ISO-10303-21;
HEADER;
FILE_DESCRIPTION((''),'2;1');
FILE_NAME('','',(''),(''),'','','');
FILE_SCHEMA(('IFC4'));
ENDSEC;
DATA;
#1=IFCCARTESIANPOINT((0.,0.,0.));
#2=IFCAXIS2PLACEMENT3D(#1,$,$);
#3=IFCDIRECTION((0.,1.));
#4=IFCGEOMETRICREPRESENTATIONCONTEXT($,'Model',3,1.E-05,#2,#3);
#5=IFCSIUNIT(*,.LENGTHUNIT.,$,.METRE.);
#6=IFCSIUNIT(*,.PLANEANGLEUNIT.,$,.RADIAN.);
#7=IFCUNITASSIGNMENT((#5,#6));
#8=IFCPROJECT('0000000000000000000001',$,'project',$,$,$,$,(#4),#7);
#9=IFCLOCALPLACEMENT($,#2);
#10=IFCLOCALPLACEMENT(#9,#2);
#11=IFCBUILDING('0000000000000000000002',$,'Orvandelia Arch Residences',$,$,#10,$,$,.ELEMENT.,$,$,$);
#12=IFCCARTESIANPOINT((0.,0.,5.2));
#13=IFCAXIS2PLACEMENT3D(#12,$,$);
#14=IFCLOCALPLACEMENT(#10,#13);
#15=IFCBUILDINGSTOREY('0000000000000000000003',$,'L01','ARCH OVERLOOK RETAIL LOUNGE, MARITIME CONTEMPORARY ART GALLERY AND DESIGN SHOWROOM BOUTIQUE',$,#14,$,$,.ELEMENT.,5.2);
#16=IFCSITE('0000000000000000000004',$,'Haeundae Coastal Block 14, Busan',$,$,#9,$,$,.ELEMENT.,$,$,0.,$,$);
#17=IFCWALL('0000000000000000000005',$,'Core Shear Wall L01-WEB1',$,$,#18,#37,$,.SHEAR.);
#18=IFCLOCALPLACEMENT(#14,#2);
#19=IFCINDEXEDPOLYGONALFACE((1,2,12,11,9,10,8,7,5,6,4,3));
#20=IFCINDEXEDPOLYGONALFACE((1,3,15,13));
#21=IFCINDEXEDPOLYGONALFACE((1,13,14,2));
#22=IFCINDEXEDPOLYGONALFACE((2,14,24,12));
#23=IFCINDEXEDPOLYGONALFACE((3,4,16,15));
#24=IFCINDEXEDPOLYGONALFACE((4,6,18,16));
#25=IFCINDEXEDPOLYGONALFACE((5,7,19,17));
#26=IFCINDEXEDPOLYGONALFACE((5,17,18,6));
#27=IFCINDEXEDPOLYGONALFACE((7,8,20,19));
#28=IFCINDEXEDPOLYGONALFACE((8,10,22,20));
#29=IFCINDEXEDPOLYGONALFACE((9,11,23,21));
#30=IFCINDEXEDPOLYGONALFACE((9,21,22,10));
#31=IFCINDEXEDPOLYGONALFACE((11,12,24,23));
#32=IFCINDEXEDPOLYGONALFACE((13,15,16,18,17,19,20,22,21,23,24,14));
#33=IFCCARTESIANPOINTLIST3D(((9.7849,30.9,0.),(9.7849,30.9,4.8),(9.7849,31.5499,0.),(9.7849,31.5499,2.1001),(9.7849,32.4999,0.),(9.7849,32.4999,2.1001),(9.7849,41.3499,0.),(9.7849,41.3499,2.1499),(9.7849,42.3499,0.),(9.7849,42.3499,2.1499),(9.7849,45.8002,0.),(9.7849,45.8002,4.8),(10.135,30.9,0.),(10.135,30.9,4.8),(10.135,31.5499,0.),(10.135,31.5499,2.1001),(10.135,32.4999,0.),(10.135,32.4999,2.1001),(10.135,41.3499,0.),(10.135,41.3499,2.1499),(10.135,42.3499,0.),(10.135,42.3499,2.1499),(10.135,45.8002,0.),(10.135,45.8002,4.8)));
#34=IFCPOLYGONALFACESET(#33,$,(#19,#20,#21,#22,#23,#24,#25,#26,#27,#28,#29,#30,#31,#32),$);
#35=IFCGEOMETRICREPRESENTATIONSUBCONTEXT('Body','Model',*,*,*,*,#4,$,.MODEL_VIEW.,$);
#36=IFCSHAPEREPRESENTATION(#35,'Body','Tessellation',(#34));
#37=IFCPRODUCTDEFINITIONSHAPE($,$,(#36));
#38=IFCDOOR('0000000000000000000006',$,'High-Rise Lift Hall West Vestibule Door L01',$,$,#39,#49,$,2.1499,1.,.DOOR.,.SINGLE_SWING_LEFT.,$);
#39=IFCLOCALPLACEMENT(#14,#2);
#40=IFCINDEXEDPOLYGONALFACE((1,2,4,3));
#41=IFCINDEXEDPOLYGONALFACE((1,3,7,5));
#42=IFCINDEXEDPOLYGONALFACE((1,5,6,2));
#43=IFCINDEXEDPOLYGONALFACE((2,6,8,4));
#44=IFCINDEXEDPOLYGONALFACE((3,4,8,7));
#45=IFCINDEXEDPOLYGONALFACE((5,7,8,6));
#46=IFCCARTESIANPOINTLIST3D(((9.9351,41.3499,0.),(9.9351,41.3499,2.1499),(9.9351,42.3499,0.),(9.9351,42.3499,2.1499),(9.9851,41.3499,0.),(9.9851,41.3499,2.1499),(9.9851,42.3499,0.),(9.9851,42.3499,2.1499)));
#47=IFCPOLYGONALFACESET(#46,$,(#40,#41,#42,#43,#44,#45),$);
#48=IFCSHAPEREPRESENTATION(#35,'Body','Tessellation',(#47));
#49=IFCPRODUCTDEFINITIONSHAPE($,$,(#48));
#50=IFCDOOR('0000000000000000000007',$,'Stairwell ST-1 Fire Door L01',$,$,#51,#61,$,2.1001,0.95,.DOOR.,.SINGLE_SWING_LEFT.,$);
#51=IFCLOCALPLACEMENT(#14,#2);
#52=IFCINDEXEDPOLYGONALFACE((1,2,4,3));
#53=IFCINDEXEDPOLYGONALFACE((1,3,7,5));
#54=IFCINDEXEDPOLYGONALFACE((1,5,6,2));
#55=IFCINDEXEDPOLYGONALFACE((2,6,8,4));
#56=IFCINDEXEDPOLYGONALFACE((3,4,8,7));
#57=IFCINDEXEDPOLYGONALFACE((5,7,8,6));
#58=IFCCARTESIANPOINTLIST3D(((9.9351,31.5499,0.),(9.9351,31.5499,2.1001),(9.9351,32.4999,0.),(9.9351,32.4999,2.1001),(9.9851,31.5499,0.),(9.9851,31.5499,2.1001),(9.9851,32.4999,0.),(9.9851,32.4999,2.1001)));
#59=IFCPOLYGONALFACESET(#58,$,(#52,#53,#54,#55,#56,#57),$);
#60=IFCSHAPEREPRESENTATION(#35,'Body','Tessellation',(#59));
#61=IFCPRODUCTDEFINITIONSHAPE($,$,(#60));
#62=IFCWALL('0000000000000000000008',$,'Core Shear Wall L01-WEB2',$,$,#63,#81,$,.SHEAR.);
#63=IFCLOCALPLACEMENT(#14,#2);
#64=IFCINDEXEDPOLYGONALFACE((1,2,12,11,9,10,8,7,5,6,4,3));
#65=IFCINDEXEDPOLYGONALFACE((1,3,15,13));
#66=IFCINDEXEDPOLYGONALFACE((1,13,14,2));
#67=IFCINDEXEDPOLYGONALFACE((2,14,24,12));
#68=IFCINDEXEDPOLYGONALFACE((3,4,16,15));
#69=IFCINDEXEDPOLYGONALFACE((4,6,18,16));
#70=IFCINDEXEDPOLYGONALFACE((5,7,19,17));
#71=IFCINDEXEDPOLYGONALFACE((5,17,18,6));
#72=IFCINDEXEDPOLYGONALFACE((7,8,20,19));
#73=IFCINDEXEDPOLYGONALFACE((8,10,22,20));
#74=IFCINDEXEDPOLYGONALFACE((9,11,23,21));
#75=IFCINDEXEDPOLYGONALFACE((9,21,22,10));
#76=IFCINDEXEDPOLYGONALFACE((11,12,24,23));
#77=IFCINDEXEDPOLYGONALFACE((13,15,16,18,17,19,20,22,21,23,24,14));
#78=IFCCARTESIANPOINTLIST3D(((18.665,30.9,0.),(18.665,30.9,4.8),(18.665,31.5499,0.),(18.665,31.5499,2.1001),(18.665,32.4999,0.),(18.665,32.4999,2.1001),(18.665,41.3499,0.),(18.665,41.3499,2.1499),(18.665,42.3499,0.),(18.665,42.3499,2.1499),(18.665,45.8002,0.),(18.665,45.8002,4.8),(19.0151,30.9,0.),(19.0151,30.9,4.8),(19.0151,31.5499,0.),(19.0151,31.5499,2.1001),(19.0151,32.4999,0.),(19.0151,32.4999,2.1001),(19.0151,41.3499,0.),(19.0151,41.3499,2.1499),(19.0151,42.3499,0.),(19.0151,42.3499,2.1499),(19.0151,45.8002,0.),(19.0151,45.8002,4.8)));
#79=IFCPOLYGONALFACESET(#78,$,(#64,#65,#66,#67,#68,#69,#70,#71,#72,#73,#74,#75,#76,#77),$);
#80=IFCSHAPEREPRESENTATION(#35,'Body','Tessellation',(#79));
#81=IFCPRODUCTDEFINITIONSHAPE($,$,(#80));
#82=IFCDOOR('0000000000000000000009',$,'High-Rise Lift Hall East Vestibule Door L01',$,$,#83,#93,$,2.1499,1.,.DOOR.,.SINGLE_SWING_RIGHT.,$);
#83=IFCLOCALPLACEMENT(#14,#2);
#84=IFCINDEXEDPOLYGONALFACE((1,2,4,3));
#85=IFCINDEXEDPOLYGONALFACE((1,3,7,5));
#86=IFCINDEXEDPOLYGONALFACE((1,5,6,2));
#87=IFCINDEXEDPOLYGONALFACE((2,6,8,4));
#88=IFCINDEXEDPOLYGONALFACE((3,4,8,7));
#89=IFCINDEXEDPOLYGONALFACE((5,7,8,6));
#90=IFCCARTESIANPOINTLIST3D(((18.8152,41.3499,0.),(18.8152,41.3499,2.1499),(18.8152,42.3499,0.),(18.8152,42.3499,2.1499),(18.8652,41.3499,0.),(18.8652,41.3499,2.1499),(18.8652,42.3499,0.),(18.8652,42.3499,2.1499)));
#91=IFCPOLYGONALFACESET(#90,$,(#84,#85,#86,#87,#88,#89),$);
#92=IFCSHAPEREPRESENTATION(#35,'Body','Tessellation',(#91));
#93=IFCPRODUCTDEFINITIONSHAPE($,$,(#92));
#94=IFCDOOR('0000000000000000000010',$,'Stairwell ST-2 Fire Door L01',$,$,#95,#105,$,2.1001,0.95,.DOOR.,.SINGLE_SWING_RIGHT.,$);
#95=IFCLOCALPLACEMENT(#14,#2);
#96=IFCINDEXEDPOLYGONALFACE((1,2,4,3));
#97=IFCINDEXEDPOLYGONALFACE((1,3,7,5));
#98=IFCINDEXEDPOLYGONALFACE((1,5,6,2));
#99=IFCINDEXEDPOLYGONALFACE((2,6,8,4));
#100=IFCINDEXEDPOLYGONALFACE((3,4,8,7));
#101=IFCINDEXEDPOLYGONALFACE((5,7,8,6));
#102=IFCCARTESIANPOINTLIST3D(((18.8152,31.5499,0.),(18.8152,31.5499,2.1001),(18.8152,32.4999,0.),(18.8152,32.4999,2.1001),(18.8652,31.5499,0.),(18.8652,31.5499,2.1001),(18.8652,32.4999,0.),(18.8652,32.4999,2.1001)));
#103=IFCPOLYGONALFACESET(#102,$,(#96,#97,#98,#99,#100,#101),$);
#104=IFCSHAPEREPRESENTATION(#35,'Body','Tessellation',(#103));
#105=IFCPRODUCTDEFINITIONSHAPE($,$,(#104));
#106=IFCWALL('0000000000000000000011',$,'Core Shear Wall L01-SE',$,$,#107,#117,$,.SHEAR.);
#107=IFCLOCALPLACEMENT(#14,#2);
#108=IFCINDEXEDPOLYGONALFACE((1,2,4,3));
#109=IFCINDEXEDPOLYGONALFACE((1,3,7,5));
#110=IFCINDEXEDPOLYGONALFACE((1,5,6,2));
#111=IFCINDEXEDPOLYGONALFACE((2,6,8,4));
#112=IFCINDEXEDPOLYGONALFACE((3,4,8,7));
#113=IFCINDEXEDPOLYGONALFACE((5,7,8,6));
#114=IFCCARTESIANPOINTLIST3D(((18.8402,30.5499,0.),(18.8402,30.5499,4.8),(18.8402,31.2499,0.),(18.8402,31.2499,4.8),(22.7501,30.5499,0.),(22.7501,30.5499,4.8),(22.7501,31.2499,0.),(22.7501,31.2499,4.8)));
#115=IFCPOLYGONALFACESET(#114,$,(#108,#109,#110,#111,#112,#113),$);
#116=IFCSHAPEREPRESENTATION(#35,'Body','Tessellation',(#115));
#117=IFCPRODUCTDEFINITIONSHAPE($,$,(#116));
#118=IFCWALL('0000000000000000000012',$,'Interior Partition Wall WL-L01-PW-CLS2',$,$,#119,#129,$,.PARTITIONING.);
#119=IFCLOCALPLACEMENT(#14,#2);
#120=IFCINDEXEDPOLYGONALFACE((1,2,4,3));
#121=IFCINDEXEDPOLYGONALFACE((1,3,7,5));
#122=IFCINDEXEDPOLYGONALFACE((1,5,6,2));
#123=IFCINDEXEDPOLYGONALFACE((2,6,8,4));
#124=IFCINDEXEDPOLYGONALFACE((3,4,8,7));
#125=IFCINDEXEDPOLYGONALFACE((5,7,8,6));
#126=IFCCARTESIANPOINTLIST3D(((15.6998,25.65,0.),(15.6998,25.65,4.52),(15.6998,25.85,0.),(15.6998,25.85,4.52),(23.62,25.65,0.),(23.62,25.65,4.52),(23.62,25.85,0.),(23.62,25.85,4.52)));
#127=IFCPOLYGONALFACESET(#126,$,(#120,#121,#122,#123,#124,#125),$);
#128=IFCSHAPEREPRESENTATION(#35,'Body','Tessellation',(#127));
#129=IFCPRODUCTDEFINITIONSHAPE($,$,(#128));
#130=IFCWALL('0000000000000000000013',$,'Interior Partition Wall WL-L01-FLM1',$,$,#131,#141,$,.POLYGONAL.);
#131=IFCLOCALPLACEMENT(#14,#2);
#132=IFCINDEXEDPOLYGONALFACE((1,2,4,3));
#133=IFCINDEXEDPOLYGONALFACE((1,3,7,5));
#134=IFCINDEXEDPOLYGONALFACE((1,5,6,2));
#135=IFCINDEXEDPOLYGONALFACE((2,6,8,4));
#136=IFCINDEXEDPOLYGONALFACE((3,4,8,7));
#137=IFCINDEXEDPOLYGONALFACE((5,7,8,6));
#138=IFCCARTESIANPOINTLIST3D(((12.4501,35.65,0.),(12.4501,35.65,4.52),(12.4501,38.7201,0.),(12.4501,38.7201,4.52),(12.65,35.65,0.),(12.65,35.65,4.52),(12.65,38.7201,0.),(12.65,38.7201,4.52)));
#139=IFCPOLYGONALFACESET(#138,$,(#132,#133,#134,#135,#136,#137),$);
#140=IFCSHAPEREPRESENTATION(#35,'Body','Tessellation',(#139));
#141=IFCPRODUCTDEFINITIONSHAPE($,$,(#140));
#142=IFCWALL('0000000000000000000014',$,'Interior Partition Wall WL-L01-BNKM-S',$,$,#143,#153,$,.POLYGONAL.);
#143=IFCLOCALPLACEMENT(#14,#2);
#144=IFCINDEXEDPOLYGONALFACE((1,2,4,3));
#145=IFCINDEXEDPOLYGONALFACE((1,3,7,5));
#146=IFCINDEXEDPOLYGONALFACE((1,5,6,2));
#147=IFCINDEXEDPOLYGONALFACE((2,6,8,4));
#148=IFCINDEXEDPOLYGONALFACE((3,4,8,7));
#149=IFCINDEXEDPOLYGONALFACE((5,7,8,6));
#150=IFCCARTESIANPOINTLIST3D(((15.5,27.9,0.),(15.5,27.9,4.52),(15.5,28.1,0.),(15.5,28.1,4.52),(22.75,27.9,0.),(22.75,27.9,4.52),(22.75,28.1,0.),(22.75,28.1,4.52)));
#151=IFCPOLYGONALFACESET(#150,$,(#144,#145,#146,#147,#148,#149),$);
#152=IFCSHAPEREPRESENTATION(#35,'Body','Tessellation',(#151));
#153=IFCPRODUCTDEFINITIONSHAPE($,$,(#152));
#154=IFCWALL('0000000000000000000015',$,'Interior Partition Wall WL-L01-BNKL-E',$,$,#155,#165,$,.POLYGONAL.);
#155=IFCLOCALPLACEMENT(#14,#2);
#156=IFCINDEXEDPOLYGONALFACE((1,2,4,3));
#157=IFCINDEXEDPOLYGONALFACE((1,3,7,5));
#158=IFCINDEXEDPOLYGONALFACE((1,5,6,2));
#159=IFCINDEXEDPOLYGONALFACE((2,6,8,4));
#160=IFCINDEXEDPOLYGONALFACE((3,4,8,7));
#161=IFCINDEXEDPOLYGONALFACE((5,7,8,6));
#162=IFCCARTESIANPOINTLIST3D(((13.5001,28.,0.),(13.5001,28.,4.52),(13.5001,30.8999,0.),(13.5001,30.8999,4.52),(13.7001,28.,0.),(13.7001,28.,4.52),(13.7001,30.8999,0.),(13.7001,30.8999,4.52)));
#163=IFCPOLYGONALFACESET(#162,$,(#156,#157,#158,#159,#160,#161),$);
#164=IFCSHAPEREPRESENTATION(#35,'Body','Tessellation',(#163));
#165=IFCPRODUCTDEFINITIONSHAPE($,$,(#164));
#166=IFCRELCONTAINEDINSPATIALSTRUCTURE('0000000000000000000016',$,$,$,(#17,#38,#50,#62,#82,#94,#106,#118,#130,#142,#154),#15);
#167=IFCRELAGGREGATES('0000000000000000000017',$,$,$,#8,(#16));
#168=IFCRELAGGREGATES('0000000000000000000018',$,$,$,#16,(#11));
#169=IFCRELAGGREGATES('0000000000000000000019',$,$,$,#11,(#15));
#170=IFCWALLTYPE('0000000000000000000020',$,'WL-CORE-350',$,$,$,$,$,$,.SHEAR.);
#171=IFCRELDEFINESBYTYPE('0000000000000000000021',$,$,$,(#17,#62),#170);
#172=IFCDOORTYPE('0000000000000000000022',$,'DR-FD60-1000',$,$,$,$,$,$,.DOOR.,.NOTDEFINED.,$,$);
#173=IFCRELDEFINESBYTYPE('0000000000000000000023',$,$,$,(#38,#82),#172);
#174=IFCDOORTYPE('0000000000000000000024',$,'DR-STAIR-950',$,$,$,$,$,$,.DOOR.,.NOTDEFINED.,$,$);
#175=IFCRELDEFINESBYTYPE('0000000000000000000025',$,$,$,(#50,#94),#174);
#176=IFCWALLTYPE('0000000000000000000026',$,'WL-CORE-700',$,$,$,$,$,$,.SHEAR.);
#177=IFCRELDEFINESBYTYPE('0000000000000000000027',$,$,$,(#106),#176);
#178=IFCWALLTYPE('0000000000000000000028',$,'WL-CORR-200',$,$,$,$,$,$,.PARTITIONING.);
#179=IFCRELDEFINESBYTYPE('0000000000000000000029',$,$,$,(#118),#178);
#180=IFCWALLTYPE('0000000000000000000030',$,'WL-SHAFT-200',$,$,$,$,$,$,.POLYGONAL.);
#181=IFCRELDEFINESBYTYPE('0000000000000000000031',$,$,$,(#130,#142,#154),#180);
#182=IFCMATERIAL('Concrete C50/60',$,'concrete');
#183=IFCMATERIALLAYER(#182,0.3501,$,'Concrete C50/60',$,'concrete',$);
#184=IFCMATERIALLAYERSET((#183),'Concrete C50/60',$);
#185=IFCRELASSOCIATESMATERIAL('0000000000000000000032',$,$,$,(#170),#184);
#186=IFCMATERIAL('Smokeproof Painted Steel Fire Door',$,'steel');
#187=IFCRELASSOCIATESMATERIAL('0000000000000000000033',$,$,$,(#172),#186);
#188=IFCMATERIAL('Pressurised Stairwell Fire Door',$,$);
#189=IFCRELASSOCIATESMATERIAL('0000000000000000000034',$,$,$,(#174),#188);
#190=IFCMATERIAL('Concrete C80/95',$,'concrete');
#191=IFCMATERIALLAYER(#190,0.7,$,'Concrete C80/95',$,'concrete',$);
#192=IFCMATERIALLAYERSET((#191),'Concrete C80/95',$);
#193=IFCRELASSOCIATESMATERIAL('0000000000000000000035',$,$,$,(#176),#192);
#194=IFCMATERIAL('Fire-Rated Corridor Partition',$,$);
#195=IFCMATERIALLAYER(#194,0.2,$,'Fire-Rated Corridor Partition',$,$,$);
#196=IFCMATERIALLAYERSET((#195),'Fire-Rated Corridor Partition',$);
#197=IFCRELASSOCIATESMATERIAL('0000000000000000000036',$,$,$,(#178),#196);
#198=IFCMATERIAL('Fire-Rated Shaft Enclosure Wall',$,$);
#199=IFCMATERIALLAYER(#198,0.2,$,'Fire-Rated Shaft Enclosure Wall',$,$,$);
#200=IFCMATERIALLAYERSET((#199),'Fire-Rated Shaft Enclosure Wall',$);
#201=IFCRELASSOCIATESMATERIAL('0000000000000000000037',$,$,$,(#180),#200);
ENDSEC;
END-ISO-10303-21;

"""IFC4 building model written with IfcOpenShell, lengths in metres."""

from ifc_helpers import new_model, si_unit, direction, frame, frame_2d, origin, place, context, subcontext, project, spatial, rectangle, extrude, material, layer, layer_set, type_object, element, fill, save


model = new_model("IFC4")

# Units and contexts
model_context = context("Model", 3, precision=1e-05, world=origin(), true_north=direction((0.0, 1.0)))
body_context = subcontext(model_context, "Body", "Model", "MODEL_VIEW")
ifc_project = project(units=[si_unit("LENGTHUNIT", "METRE"), si_unit("PLANEANGLEUNIT", "RADIAN")], contexts=[model_context])

# Site, building, storey
site_placement = place(None, origin())
site = spatial("IfcSite", under=ifc_project, at=site_placement, Name="Haeundae Coastal Block 14, Busan", CompositionType="ELEMENT", RefElevation=0.0)
building_placement = place(site_placement, origin())
building = spatial("IfcBuilding", under=site, at=building_placement, Name="Orvandelia Arch Residences", CompositionType="ELEMENT")
storey_placement = place(building_placement, frame((0.0, 0.0, 5.2)))
storey = spatial("IfcBuildingStorey", under=building, at=storey_placement, Name="L01", Description="ARCH OVERLOOK RETAIL LOUNGE, MARITIME CONTEMPORARY ART GALLERY AND DESIGN SHOWROOM BOUTIQUE", CompositionType="ELEMENT", Elevation=5.2)

# Walls, openings, doors
ifc_material_1 = material(Name="Concrete C50/60", Category="concrete")
ifc_layer_1 = layer(ifc_material_1, 0.3501, Name="Concrete C50/60", Category="concrete")
ifc_layer_set_1 = layer_set([ifc_layer_1], Name="Concrete C50/60")
wall_type_1 = type_object("IfcWallType", Name="WL-CORE-350", PredefinedType="SHEAR", material=ifc_layer_set_1)
wall_1_placement = place(storey_placement, frame((9.96, 30.8999, 0.0), z_axis=(0.0, 0.0, 1.0), x_axis=(0.0, 1.0, 0.0)))
wall_1 = element("IfcWall", 1, at=wall_1_placement, inside=storey, type_object=wall_type_1, Name="Core Shear Wall L01-WEB1", PredefinedType="SHEAR", context=body_context, shape_type="SweptSolid", body=[
    extrude(rectangle(XDim=14.9001, YDim=0.3501, at=frame_2d((7.4502, 0.0))), origin(), (0.0, 0.0, 1.0), 4.8),
])
opening_1_placement = place(wall_1_placement, frame((0.6499, 0.0, 0.0)))
opening_1 = element("IfcOpeningElement", 2, at=opening_1_placement, cuts=wall_1, PredefinedType="OPENING", context=body_context, shape_type="SweptSolid", body=[
    extrude(rectangle(XDim=0.95, YDim=2.1001, at=frame_2d((0.4751, 1.05))), frame((0.0, 0.1851, 0.0), z_axis=(0.0, -1.0, 0.0), x_axis=(1.0, 0.0, 0.0)), (0.0, 0.0, 1.0), 0.3701),
])
opening_2_placement = place(wall_1_placement, frame((10.45, 0.0, 0.0)))
opening_2 = element("IfcOpeningElement", 3, at=opening_2_placement, cuts=wall_1, PredefinedType="OPENING", context=body_context, shape_type="SweptSolid", body=[
    extrude(rectangle(XDim=1.0, YDim=2.1499, at=frame_2d((0.5, 1.075))), frame((0.0, 0.1851, 0.0), z_axis=(0.0, -1.0, 0.0), x_axis=(1.0, 0.0, 0.0)), (0.0, 0.0, 1.0), 0.3701),
])
ifc_material_2 = material(Name="Smokeproof Painted Steel Fire Door", Category="steel")
door_type_1 = type_object("IfcDoorType", Name="DR-FD60-1000", OperationType="NOTDEFINED", PredefinedType="DOOR", material=ifc_material_2)
door_1_placement = place(opening_2_placement, origin())
door_1 = element("IfcDoor", 4, at=door_1_placement, inside=storey, type_object=door_type_1, Name="High-Rise Lift Hall West Vestibule Door L01", OperationType="SINGLE_SWING_LEFT", OverallHeight=2.1499, OverallWidth=1.0, PredefinedType="DOOR", context=body_context, shape_type="SweptSolid", body=[
    extrude(rectangle(XDim=1.0, YDim=2.1499, at=frame_2d((0.5, 1.075))), frame((0.0, 0.0249, 0.0), z_axis=(0.0, -1.0, 0.0), x_axis=(1.0, 0.0, 0.0)), (0.0, 0.0, 1.0), 0.05),
])
fill(opening_2, door_1)
ifc_material_3 = material(Name="Pressurised Stairwell Fire Door")
door_type_2 = type_object("IfcDoorType", Name="DR-STAIR-950", OperationType="NOTDEFINED", PredefinedType="DOOR", material=ifc_material_3)
door_2_placement = place(opening_1_placement, origin())
door_2 = element("IfcDoor", 5, at=door_2_placement, inside=storey, type_object=door_type_2, Name="Stairwell ST-1 Fire Door L01", OperationType="SINGLE_SWING_LEFT", OverallHeight=2.1001, OverallWidth=0.95, PredefinedType="DOOR", context=body_context, shape_type="SweptSolid", body=[
    extrude(rectangle(XDim=0.95, YDim=2.1001, at=frame_2d((0.4751, 1.05))), frame((0.0, 0.0249, 0.0), z_axis=(0.0, -1.0, 0.0), x_axis=(1.0, 0.0, 0.0)), (0.0, 0.0, 1.0), 0.05),
])
fill(opening_1, door_2)
wall_2_placement = place(storey_placement, frame((18.8401, 30.8999, 0.0), z_axis=(0.0, 0.0, 1.0), x_axis=(0.0, 1.0, 0.0)))
wall_2 = element("IfcWall", 6, at=wall_2_placement, inside=storey, type_object=wall_type_1, Name="Core Shear Wall L01-WEB2", PredefinedType="SHEAR", context=body_context, shape_type="SweptSolid", body=[
    extrude(rectangle(XDim=14.9001, YDim=0.3501, at=frame_2d((7.4502, 0.0))), origin(), (0.0, 0.0, 1.0), 4.8),
])
opening_3_placement = place(wall_2_placement, frame((0.6499, 0.0, 0.0)))
opening_3 = element("IfcOpeningElement", 7, at=opening_3_placement, cuts=wall_2, PredefinedType="OPENING", context=body_context, shape_type="SweptSolid", body=[
    extrude(rectangle(XDim=0.95, YDim=2.1001, at=frame_2d((0.4751, 1.05))), frame((0.0, 0.1851, 0.0), z_axis=(0.0, -1.0, 0.0), x_axis=(1.0, 0.0, 0.0)), (0.0, 0.0, 1.0), 0.3701),
])
opening_4_placement = place(wall_2_placement, frame((10.45, 0.0, 0.0)))
opening_4 = element("IfcOpeningElement", 8, at=opening_4_placement, cuts=wall_2, PredefinedType="OPENING", context=body_context, shape_type="SweptSolid", body=[
    extrude(rectangle(XDim=1.0, YDim=2.1499, at=frame_2d((0.5, 1.075))), frame((0.0, 0.1851, 0.0), z_axis=(0.0, -1.0, 0.0), x_axis=(1.0, 0.0, 0.0)), (0.0, 0.0, 1.0), 0.3701),
])
door_3_placement = place(opening_4_placement, origin())
door_3 = element("IfcDoor", 9, at=door_3_placement, inside=storey, type_object=door_type_1, Name="High-Rise Lift Hall East Vestibule Door L01", OperationType="SINGLE_SWING_RIGHT", OverallHeight=2.1499, OverallWidth=1.0, PredefinedType="DOOR", context=body_context, shape_type="SweptSolid", body=[
    extrude(rectangle(XDim=1.0, YDim=2.1499, at=frame_2d((0.5, 1.075))), frame((0.0, 0.0249, 0.0), z_axis=(0.0, -1.0, 0.0), x_axis=(1.0, 0.0, 0.0)), (0.0, 0.0, 1.0), 0.05),
])
fill(opening_4, door_3)
door_4_placement = place(opening_3_placement, origin())
door_4 = element("IfcDoor", 10, at=door_4_placement, inside=storey, type_object=door_type_2, Name="Stairwell ST-2 Fire Door L01", OperationType="SINGLE_SWING_RIGHT", OverallHeight=2.1001, OverallWidth=0.95, PredefinedType="DOOR", context=body_context, shape_type="SweptSolid", body=[
    extrude(rectangle(XDim=0.95, YDim=2.1001, at=frame_2d((0.4751, 1.05))), frame((0.0, 0.0249, 0.0), z_axis=(0.0, -1.0, 0.0), x_axis=(1.0, 0.0, 0.0)), (0.0, 0.0, 1.0), 0.05),
])
fill(opening_3, door_4)

# Shared definitions
ifc_material_4 = material(Name="Concrete C80/95", Category="concrete")
ifc_layer_2 = layer(ifc_material_4, 0.7, Name="Concrete C80/95", Category="concrete")
ifc_layer_set_2 = layer_set([ifc_layer_2], Name="Concrete C80/95")
wall_type_2 = type_object("IfcWallType", Name="WL-CORE-700", PredefinedType="SHEAR", material=ifc_layer_set_2)

# Walls
wall_3_placement = place(storey_placement, frame((18.8401, 30.8999, 0.0), z_axis=(0.0, 0.0, 1.0), x_axis=(1.0, 0.0, 0.0)))
element("IfcWall", 11, at=wall_3_placement, inside=storey, type_object=wall_type_2, Name="Core Shear Wall L01-SE", PredefinedType="SHEAR", context=body_context, shape_type="SweptSolid", body=[
    extrude(rectangle(XDim=3.9099, YDim=0.7, at=frame_2d((1.9551, 0.0))), origin(), (0.0, 0.0, 1.0), 4.8),
])
ifc_material_5 = material(Name="Fire-Rated Corridor Partition")
ifc_layer_3 = layer(ifc_material_5, 0.2, Name="Fire-Rated Corridor Partition")
ifc_layer_set_3 = layer_set([ifc_layer_3], Name="Fire-Rated Corridor Partition")
wall_type_3 = type_object("IfcWallType", Name="WL-CORR-200", PredefinedType="PARTITIONING", material=ifc_layer_set_3)
wall_4_placement = place(storey_placement, frame((15.7, 25.75, 0.0), z_axis=(0.0, 0.0, 1.0), x_axis=(1.0, 0.0, 0.0)))
element("IfcWall", 12, at=wall_4_placement, inside=storey, type_object=wall_type_3, Name="Interior Partition Wall WL-L01-PW-CLS2", PredefinedType="PARTITIONING", context=body_context, shape_type="SweptSolid", body=[
    extrude(rectangle(XDim=7.9202, YDim=0.2, at=frame_2d((3.96, 0.0))), origin(), (0.0, 0.0, 1.0), 4.52),
])
ifc_material_6 = material(Name="Fire-Rated Shaft Enclosure Wall")
ifc_layer_4 = layer(ifc_material_6, 0.2, Name="Fire-Rated Shaft Enclosure Wall")
ifc_layer_set_4 = layer_set([ifc_layer_4], Name="Fire-Rated Shaft Enclosure Wall")
wall_type_4 = type_object("IfcWallType", Name="WL-SHAFT-200", PredefinedType="POLYGONAL", material=ifc_layer_set_4)
wall_5_placement = place(storey_placement, frame((12.55, 35.6499, 0.0), z_axis=(0.0, 0.0, 1.0), x_axis=(0.0, 1.0, 0.0)))
element("IfcWall", 13, at=wall_5_placement, inside=storey, type_object=wall_type_4, Name="Interior Partition Wall WL-L01-FLM1", PredefinedType="POLYGONAL", context=body_context, shape_type="SweptSolid", body=[
    extrude(rectangle(XDim=3.0701, YDim=0.2, at=frame_2d((1.5352, 0.0))), origin(), (0.0, 0.0, 1.0), 4.52),
])
wall_6_placement = place(storey_placement, frame((15.5, 28.0, 0.0), z_axis=(0.0, 0.0, 1.0), x_axis=(1.0, 0.0, 0.0)))
element("IfcWall", 14, at=wall_6_placement, inside=storey, type_object=wall_type_4, Name="Interior Partition Wall WL-L01-BNKM-S", PredefinedType="POLYGONAL", context=body_context, shape_type="SweptSolid", body=[
    extrude(rectangle(XDim=7.25, YDim=0.2, at=frame_2d((3.625, 0.0))), origin(), (0.0, 0.0, 1.0), 4.52),
])
for number, where, z_axis, x_axis, name in (
    (15, (13.6001, 28.0, 0.0), (0.0, 0.0, 1.0), (0.0, 1.0, 0.0), "Interior Partition Wall WL-L01-BNKL-E"),
):
    element("IfcWall", number, at=place(storey_placement, frame(where, z_axis=z_axis, x_axis=x_axis)), inside=storey, type_object=wall_type_4, Name=name, PredefinedType="POLYGONAL", context=body_context, shape_type="SweptSolid", body=[
        extrude(rectangle(XDim=2.8999, YDim=0.2, at=frame_2d((1.45, 0.0))), origin(), (0.0, 0.0, 1.0), 4.52),
    ])

save(model, "model.ifc")
